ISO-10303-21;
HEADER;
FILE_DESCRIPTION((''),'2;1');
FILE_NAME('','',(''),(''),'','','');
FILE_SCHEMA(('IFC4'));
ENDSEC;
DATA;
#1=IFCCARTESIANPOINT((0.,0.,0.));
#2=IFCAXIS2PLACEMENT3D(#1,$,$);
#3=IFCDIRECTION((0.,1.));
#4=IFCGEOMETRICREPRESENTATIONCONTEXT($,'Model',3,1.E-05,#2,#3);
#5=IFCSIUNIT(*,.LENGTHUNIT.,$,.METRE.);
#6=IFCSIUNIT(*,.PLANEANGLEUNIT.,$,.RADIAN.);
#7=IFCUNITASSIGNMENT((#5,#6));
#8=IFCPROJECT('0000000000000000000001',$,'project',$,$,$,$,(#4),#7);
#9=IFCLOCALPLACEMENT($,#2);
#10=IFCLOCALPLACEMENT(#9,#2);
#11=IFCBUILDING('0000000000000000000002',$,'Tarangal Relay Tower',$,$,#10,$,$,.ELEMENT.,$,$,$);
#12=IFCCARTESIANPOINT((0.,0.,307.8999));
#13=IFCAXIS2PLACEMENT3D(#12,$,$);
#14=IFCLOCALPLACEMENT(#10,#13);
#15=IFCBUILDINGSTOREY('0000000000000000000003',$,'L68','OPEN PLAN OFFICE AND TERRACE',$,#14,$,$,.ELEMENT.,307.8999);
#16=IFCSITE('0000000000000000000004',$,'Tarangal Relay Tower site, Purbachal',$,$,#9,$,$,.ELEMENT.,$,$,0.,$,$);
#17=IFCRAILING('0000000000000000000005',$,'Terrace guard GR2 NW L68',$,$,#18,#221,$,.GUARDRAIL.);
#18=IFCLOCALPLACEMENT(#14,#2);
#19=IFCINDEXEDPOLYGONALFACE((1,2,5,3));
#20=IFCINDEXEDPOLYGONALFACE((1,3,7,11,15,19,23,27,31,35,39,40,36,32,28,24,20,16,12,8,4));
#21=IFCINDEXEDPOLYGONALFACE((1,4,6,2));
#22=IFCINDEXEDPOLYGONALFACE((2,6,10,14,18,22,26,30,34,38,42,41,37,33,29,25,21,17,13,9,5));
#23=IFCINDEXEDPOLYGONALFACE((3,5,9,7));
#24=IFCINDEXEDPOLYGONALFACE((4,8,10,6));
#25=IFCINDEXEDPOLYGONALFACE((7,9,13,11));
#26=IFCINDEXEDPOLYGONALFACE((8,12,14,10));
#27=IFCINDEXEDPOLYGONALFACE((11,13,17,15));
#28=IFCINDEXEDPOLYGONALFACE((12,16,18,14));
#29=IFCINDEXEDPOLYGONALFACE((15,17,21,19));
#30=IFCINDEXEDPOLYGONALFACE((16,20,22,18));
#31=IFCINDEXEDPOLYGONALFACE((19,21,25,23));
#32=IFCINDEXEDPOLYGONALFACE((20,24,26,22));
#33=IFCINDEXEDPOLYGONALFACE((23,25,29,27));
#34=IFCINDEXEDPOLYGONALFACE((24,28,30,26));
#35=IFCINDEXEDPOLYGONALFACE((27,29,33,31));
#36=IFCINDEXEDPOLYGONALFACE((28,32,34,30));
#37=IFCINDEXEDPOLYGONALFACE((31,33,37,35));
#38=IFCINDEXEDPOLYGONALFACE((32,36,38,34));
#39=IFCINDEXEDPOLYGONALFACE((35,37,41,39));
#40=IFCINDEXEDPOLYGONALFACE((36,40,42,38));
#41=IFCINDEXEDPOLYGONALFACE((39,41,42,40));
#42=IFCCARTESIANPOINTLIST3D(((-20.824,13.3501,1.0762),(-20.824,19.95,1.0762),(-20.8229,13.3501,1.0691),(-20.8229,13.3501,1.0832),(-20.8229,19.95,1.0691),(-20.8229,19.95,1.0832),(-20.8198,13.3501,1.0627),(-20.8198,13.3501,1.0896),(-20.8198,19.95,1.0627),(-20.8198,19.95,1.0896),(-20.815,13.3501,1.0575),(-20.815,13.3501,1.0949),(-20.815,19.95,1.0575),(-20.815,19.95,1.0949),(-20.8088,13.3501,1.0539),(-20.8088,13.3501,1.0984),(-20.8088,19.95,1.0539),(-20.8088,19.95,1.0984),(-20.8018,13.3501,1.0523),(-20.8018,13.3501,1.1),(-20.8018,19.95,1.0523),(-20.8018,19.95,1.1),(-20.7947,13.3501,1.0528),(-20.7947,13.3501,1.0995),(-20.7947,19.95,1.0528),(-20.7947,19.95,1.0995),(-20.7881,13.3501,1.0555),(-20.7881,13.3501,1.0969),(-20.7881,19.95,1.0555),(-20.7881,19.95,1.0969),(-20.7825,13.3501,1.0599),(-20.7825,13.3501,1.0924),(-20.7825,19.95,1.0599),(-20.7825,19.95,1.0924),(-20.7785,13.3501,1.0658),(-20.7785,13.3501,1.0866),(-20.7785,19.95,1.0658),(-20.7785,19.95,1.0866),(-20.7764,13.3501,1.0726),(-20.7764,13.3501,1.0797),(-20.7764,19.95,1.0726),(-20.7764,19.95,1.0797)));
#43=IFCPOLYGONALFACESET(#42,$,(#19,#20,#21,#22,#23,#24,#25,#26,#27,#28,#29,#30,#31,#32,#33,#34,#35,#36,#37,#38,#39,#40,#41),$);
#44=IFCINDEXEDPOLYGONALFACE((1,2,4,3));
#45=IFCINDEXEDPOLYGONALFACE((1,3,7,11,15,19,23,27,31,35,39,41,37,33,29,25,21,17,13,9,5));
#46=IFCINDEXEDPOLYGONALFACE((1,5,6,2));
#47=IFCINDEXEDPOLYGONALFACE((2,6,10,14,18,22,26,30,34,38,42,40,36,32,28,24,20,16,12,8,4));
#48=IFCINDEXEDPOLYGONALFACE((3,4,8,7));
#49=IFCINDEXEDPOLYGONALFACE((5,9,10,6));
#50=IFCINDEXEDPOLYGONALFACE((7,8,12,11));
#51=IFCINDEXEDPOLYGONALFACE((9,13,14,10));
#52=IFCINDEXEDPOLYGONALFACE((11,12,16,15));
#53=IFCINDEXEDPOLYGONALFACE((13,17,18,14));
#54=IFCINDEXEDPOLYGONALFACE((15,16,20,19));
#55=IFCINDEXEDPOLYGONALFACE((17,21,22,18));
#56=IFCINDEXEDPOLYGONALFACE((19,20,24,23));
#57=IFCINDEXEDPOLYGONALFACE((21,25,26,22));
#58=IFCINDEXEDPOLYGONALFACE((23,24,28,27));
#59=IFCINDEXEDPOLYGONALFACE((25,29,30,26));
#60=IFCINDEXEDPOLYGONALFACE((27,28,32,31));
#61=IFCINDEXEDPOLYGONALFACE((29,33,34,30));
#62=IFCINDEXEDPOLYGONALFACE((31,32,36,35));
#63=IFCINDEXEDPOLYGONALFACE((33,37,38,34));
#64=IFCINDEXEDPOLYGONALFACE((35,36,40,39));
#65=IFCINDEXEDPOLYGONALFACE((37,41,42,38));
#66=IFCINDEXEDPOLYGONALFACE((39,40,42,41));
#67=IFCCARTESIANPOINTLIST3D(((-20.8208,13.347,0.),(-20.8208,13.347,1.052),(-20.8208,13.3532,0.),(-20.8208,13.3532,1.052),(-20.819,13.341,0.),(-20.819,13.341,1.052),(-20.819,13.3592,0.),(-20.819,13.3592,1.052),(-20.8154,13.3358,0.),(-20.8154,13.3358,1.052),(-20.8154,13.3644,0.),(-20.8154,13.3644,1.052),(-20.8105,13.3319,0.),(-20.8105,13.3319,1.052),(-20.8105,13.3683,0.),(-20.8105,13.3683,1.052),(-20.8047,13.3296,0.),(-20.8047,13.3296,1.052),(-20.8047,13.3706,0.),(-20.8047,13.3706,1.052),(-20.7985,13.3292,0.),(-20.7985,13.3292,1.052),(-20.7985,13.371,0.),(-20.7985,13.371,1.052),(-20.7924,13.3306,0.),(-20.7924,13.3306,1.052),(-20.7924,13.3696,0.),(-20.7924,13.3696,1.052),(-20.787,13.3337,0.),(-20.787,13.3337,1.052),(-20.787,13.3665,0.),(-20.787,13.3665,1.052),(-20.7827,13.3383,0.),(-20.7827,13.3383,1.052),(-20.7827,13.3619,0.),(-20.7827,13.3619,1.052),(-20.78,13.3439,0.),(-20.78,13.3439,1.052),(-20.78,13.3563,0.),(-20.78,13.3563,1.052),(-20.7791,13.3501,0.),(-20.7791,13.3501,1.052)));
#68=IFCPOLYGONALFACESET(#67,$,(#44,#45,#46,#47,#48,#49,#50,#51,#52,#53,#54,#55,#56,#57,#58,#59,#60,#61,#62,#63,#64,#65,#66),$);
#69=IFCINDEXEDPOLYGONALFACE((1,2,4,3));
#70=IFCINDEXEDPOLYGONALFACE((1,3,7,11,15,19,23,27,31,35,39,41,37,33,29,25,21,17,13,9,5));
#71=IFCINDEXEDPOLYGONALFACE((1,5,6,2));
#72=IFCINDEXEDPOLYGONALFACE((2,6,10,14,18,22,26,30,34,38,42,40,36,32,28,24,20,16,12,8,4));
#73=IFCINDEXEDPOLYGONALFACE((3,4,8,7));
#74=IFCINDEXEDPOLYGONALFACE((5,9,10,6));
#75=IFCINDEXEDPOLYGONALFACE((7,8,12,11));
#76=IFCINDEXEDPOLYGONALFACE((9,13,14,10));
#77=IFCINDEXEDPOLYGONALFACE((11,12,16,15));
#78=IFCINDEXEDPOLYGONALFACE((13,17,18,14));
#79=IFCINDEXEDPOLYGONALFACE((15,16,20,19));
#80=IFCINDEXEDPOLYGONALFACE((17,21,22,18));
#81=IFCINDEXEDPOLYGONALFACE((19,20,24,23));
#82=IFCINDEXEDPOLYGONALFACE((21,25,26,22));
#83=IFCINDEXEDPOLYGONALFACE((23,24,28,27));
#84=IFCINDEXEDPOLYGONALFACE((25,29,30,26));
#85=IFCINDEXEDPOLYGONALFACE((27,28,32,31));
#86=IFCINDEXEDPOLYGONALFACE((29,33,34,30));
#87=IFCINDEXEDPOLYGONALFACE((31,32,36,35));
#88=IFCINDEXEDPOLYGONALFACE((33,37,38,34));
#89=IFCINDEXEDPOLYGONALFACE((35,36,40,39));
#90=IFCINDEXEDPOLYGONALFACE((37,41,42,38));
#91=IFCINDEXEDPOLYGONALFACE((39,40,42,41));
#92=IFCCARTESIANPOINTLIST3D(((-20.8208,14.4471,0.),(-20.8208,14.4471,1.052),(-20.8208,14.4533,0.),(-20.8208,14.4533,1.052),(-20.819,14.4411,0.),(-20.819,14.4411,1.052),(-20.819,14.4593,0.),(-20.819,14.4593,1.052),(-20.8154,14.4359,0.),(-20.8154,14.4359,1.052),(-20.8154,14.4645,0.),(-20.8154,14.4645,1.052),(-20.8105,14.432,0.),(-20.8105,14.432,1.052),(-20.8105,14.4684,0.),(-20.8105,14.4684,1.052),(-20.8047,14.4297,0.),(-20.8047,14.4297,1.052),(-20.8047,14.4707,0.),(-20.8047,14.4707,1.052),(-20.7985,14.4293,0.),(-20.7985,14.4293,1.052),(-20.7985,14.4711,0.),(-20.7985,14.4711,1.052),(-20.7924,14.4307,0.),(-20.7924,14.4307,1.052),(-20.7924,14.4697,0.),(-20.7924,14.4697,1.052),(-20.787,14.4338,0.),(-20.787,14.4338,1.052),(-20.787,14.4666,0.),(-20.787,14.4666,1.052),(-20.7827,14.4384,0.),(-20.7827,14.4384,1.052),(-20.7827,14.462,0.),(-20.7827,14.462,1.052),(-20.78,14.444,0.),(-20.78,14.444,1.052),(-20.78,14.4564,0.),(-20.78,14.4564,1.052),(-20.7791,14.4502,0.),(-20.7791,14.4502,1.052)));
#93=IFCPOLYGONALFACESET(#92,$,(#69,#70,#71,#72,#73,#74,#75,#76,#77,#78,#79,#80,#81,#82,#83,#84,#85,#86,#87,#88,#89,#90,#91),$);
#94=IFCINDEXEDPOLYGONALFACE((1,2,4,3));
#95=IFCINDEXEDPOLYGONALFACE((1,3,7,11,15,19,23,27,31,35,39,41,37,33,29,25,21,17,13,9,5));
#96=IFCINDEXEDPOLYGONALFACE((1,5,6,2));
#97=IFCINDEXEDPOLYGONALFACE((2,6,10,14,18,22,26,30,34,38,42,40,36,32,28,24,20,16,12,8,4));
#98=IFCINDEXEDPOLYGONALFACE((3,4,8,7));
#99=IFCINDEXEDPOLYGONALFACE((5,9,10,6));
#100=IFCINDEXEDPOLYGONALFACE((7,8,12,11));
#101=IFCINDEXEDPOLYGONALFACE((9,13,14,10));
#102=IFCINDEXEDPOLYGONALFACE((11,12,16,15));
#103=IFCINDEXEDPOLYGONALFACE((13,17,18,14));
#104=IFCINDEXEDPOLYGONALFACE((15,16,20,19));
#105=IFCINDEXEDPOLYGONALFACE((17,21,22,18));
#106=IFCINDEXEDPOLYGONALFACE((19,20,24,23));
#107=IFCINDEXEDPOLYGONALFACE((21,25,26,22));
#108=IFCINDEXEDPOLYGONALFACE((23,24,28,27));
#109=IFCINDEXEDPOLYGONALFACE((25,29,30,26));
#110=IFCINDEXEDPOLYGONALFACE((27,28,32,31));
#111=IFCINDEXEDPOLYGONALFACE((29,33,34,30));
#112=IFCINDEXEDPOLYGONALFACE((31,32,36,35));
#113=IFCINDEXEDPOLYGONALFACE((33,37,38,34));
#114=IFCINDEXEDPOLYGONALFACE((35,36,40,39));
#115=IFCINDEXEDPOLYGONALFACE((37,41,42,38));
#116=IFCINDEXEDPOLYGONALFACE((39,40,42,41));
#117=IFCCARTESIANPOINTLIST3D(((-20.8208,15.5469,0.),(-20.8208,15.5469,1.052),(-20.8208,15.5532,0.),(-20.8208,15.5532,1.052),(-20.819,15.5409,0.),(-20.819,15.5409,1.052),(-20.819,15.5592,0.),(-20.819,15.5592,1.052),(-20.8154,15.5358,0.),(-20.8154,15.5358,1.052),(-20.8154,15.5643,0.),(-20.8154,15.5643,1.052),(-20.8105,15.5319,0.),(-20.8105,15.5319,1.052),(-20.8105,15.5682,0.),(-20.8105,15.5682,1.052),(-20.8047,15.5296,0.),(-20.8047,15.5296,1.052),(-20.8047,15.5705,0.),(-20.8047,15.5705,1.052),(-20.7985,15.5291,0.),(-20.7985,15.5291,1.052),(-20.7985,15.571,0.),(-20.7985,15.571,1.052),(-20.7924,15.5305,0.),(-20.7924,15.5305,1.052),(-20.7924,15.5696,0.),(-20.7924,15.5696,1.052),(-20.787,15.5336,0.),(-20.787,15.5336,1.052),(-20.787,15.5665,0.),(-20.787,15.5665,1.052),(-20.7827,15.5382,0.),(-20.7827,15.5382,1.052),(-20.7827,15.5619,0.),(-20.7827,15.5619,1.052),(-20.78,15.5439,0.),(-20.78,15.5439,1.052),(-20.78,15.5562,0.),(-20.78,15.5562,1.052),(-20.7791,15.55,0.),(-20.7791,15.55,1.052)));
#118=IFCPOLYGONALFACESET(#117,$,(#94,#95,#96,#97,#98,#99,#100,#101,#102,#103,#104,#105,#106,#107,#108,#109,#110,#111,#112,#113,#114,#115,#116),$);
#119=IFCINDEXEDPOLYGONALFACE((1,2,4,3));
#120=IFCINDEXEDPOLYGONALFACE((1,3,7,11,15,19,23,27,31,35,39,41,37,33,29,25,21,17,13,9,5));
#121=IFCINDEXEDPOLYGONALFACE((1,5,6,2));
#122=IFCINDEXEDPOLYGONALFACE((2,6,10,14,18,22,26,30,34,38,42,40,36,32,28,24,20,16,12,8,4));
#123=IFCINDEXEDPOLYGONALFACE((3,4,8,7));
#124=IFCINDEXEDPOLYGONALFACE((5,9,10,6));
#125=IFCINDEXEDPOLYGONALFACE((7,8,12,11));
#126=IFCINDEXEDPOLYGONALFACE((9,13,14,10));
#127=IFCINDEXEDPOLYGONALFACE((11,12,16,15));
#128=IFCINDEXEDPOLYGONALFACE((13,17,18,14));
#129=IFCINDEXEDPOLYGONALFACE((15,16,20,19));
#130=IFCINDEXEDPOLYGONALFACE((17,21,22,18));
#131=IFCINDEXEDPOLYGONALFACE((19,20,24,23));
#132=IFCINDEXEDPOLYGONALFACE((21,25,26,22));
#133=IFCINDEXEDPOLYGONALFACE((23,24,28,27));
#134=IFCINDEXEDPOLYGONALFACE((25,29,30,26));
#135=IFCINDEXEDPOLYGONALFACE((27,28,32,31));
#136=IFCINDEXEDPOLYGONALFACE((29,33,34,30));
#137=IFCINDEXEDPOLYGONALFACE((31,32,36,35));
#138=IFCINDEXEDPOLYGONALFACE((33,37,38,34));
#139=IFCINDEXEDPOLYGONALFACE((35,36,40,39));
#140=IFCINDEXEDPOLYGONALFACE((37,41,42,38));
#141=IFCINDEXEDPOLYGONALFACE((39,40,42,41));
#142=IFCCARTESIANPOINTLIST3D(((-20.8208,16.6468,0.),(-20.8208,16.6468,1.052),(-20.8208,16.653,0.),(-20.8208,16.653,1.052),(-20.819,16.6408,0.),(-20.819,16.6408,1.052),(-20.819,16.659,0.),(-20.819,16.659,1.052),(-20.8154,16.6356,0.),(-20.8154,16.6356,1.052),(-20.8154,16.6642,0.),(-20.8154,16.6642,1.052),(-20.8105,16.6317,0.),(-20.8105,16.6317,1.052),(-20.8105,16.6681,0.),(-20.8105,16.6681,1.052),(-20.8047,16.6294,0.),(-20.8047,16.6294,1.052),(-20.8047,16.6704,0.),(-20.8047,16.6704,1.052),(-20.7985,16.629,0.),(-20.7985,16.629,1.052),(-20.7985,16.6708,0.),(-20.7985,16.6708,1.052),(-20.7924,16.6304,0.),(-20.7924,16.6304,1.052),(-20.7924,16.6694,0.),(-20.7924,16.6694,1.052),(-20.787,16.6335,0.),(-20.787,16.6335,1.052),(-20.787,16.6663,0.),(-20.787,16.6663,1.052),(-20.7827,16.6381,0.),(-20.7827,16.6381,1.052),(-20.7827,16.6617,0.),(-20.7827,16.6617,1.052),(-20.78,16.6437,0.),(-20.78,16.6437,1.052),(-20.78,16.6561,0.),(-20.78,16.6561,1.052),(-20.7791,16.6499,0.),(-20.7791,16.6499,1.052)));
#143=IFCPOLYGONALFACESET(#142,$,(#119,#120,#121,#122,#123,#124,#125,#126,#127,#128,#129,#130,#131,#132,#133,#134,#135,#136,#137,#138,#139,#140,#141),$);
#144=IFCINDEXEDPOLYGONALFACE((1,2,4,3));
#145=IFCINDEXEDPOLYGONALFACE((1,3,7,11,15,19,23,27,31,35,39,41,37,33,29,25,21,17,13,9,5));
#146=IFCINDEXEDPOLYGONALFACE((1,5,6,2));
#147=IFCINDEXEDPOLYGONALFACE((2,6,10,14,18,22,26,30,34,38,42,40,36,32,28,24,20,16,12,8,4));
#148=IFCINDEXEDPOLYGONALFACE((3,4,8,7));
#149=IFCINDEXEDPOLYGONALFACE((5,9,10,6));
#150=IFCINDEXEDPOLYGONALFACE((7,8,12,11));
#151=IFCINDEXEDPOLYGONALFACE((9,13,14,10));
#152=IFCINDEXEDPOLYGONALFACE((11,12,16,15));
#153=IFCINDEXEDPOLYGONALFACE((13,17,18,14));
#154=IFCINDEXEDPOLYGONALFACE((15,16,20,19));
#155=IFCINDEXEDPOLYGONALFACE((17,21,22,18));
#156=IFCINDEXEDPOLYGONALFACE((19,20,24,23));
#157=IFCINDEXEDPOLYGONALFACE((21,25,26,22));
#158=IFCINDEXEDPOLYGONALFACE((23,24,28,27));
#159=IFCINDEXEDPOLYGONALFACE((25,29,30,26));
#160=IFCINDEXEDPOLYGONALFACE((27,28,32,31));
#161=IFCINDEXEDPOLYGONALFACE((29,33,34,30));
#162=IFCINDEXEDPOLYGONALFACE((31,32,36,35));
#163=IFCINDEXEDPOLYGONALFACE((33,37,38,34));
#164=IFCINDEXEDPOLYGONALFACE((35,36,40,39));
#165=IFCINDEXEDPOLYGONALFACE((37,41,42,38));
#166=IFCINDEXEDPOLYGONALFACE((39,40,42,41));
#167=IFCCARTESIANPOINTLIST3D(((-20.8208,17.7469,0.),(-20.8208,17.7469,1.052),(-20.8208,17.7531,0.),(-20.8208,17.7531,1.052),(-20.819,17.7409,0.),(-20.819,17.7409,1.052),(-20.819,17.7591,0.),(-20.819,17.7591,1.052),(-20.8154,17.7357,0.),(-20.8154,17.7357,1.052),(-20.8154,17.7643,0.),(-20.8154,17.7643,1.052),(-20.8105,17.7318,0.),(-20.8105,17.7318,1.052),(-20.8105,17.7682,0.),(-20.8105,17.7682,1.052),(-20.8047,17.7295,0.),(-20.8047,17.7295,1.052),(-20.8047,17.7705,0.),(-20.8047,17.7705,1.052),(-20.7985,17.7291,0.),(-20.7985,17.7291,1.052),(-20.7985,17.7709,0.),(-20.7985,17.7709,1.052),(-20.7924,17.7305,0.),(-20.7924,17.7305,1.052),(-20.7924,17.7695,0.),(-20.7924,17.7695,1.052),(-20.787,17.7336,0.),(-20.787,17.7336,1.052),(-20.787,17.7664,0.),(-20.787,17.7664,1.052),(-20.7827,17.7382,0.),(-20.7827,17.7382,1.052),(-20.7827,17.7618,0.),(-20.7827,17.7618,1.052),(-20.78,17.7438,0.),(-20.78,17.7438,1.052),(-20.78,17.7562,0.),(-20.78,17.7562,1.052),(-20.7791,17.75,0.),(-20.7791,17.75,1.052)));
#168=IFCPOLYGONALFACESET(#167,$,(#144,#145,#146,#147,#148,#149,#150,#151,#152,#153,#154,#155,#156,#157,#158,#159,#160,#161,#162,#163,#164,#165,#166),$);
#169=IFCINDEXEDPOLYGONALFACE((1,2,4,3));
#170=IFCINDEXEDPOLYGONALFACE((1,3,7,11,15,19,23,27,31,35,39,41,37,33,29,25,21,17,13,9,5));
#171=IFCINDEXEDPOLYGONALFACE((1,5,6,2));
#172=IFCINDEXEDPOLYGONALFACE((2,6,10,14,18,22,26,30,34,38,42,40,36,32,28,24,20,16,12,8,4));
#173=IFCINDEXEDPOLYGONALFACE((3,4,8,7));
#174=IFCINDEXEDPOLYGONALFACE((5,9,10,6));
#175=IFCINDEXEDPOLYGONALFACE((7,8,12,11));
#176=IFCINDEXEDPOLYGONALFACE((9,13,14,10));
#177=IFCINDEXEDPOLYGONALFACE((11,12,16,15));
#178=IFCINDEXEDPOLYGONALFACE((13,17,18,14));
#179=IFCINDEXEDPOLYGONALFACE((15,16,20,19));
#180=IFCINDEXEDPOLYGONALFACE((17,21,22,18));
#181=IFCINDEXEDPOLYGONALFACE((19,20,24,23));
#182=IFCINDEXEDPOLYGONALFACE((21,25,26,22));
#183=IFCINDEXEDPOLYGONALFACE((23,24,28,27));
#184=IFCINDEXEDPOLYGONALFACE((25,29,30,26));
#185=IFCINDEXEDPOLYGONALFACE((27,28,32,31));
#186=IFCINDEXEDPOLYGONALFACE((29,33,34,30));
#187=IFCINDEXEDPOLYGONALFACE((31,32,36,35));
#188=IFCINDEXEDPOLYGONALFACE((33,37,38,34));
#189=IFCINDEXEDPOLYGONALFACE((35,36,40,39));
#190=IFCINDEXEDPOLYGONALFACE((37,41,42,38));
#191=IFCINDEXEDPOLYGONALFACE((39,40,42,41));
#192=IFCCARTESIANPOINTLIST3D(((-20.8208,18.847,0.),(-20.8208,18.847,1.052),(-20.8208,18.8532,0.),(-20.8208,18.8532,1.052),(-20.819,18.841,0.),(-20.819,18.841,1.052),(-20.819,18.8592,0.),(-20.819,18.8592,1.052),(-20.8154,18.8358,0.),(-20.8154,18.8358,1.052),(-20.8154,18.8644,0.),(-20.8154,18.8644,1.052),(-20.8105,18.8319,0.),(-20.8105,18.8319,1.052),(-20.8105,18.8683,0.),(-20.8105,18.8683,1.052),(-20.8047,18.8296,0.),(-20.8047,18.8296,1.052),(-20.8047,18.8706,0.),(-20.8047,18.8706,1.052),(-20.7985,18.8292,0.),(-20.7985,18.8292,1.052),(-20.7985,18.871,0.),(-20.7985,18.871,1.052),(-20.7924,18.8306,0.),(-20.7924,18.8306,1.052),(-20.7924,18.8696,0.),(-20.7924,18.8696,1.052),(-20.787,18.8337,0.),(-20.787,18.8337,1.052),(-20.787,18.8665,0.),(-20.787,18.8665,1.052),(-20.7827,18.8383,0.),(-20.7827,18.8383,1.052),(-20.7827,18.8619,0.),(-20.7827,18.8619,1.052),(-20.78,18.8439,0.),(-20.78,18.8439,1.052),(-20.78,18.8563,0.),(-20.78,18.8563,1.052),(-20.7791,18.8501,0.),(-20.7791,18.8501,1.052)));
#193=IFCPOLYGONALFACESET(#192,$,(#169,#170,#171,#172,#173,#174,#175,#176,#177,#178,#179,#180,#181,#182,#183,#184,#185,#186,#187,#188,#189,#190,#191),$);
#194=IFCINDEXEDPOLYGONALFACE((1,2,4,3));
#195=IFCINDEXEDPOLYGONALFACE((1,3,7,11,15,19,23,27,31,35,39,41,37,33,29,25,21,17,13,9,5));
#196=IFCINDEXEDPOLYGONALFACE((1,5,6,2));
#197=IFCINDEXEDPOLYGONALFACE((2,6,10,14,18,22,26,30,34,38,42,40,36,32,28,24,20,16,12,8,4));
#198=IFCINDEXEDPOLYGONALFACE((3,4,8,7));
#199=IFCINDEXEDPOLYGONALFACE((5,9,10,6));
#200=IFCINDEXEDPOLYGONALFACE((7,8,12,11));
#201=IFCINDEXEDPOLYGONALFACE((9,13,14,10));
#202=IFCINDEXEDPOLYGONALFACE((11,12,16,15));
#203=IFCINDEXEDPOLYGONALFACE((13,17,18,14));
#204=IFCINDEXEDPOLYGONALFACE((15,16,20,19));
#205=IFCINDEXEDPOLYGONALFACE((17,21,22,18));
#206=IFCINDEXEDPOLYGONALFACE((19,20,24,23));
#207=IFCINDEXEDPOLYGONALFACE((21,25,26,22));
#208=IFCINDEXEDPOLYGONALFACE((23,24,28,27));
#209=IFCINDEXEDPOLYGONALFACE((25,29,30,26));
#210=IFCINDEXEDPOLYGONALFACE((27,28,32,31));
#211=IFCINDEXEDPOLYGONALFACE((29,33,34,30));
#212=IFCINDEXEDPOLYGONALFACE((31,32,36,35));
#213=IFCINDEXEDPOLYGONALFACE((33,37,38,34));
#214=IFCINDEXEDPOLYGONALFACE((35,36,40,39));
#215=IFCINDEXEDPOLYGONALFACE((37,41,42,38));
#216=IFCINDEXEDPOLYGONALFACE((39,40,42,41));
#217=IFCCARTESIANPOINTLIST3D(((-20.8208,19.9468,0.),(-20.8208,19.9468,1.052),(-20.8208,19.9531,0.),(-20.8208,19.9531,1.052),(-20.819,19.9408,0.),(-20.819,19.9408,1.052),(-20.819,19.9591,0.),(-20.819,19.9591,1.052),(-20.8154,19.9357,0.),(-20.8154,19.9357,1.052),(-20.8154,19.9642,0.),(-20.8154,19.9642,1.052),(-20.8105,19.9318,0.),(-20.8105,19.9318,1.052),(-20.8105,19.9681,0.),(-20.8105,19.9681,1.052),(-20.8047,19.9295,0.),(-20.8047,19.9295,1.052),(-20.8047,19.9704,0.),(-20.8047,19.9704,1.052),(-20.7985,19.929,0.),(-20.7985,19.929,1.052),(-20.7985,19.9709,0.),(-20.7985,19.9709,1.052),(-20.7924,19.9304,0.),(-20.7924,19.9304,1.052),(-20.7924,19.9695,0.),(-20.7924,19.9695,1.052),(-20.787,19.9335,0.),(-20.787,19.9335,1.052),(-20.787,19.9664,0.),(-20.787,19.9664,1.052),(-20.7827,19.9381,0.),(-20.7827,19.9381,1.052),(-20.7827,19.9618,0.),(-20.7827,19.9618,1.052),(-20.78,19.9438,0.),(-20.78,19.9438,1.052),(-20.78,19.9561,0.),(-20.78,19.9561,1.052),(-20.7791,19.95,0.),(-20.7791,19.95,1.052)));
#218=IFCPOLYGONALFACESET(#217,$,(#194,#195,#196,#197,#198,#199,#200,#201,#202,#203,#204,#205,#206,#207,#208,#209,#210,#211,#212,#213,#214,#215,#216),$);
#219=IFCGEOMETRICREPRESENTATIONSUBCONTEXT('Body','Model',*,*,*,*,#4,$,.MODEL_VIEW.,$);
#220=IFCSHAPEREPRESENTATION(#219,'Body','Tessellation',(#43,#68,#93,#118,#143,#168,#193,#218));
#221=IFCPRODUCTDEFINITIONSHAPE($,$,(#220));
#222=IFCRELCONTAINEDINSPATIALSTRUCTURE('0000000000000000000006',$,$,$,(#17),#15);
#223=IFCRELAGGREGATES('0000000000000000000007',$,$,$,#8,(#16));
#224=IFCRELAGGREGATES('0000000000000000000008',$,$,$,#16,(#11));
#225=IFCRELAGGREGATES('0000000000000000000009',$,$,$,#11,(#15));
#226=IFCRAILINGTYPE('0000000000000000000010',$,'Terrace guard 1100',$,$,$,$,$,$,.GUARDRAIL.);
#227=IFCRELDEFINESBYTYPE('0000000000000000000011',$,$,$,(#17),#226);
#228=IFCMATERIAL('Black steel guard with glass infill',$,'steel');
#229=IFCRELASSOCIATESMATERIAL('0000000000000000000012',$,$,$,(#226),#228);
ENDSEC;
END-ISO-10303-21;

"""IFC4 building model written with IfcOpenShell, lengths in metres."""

from ifc_helpers import new_model, si_unit, direction, frame, origin, origin_2d, place, context, subcontext, project, spatial, circle, extrude, material, type_object, element, save


model = new_model("IFC4")

# Units and contexts
model_context = context("Model", 3, precision=1e-05, world=origin(), true_north=direction((0.0, 1.0)))
body_context = subcontext(model_context, "Body", "Model", "MODEL_VIEW")
ifc_project = project(units=[si_unit("LENGTHUNIT", "METRE"), si_unit("PLANEANGLEUNIT", "RADIAN")], contexts=[model_context])

# Site, building, storey
site_placement = place(None, origin())
site = spatial("IfcSite", under=ifc_project, at=site_placement, Name="Tarangal Relay Tower site, Purbachal", CompositionType="ELEMENT", RefElevation=0.0)
building_placement = place(site_placement, origin())
building = spatial("IfcBuilding", under=site, at=building_placement, Name="Tarangal Relay Tower", CompositionType="ELEMENT")
storey_placement = place(building_placement, frame((0.0, 0.0, 307.8999)))
storey = spatial("IfcBuildingStorey", under=building, at=storey_placement, Name="L68", Description="OPEN PLAN OFFICE AND TERRACE", CompositionType="ELEMENT", Elevation=307.8999)

# Railing
ifc_material_1 = material(Name="Black steel guard with glass infill", Category="steel")
railing_type = type_object("IfcRailingType", Name="Terrace guard 1100", PredefinedType="GUARDRAIL", material=ifc_material_1)
railing_1_placement = place(storey_placement, frame((-20.8, 13.3501, 0.0)))
element("IfcRailing", 1, at=railing_1_placement, inside=storey, type_object=railing_type, Name="Terrace guard GR2 NW L68", PredefinedType="GUARDRAIL", context=body_context, shape_type="SweptSolid", body=[
    extrude(circle(Radius=0.0239, at=origin_2d()), frame((0.0, 0.0, 1.0762), z_axis=(0.0, 1.0, 0.0), x_axis=(-1.0, 0.0, 0.0)), (0.0, 0.0, 1.0), 6.5999),
    extrude(circle(Radius=0.021, at=origin_2d()), origin(), (0.0, 0.0, 1.0), 1.052),
    extrude(circle(Radius=0.021, at=origin_2d()), frame((0.0, 1.1001, 0.0)), (0.0, 0.0, 1.0), 1.052),
    extrude(circle(Radius=0.021, at=origin_2d()), frame((0.0, 2.2, 0.0)), (0.0, 0.0, 1.0), 1.052),
    extrude(circle(Radius=0.021, at=origin_2d()), frame((0.0, 3.2998, 0.0)), (0.0, 0.0, 1.0), 1.052),
    extrude(circle(Radius=0.021, at=origin_2d()), frame((0.0, 4.3999, 0.0)), (0.0, 0.0, 1.0), 1.052),
    extrude(circle(Radius=0.021, at=origin_2d()), frame((0.0, 5.5, 0.0)), (0.0, 0.0, 1.0), 1.052),
    extrude(circle(Radius=0.021, at=origin_2d()), frame((0.0, 6.5999, 0.0)), (0.0, 0.0, 1.0), 1.052),
])

save(model, "model.ifc")
